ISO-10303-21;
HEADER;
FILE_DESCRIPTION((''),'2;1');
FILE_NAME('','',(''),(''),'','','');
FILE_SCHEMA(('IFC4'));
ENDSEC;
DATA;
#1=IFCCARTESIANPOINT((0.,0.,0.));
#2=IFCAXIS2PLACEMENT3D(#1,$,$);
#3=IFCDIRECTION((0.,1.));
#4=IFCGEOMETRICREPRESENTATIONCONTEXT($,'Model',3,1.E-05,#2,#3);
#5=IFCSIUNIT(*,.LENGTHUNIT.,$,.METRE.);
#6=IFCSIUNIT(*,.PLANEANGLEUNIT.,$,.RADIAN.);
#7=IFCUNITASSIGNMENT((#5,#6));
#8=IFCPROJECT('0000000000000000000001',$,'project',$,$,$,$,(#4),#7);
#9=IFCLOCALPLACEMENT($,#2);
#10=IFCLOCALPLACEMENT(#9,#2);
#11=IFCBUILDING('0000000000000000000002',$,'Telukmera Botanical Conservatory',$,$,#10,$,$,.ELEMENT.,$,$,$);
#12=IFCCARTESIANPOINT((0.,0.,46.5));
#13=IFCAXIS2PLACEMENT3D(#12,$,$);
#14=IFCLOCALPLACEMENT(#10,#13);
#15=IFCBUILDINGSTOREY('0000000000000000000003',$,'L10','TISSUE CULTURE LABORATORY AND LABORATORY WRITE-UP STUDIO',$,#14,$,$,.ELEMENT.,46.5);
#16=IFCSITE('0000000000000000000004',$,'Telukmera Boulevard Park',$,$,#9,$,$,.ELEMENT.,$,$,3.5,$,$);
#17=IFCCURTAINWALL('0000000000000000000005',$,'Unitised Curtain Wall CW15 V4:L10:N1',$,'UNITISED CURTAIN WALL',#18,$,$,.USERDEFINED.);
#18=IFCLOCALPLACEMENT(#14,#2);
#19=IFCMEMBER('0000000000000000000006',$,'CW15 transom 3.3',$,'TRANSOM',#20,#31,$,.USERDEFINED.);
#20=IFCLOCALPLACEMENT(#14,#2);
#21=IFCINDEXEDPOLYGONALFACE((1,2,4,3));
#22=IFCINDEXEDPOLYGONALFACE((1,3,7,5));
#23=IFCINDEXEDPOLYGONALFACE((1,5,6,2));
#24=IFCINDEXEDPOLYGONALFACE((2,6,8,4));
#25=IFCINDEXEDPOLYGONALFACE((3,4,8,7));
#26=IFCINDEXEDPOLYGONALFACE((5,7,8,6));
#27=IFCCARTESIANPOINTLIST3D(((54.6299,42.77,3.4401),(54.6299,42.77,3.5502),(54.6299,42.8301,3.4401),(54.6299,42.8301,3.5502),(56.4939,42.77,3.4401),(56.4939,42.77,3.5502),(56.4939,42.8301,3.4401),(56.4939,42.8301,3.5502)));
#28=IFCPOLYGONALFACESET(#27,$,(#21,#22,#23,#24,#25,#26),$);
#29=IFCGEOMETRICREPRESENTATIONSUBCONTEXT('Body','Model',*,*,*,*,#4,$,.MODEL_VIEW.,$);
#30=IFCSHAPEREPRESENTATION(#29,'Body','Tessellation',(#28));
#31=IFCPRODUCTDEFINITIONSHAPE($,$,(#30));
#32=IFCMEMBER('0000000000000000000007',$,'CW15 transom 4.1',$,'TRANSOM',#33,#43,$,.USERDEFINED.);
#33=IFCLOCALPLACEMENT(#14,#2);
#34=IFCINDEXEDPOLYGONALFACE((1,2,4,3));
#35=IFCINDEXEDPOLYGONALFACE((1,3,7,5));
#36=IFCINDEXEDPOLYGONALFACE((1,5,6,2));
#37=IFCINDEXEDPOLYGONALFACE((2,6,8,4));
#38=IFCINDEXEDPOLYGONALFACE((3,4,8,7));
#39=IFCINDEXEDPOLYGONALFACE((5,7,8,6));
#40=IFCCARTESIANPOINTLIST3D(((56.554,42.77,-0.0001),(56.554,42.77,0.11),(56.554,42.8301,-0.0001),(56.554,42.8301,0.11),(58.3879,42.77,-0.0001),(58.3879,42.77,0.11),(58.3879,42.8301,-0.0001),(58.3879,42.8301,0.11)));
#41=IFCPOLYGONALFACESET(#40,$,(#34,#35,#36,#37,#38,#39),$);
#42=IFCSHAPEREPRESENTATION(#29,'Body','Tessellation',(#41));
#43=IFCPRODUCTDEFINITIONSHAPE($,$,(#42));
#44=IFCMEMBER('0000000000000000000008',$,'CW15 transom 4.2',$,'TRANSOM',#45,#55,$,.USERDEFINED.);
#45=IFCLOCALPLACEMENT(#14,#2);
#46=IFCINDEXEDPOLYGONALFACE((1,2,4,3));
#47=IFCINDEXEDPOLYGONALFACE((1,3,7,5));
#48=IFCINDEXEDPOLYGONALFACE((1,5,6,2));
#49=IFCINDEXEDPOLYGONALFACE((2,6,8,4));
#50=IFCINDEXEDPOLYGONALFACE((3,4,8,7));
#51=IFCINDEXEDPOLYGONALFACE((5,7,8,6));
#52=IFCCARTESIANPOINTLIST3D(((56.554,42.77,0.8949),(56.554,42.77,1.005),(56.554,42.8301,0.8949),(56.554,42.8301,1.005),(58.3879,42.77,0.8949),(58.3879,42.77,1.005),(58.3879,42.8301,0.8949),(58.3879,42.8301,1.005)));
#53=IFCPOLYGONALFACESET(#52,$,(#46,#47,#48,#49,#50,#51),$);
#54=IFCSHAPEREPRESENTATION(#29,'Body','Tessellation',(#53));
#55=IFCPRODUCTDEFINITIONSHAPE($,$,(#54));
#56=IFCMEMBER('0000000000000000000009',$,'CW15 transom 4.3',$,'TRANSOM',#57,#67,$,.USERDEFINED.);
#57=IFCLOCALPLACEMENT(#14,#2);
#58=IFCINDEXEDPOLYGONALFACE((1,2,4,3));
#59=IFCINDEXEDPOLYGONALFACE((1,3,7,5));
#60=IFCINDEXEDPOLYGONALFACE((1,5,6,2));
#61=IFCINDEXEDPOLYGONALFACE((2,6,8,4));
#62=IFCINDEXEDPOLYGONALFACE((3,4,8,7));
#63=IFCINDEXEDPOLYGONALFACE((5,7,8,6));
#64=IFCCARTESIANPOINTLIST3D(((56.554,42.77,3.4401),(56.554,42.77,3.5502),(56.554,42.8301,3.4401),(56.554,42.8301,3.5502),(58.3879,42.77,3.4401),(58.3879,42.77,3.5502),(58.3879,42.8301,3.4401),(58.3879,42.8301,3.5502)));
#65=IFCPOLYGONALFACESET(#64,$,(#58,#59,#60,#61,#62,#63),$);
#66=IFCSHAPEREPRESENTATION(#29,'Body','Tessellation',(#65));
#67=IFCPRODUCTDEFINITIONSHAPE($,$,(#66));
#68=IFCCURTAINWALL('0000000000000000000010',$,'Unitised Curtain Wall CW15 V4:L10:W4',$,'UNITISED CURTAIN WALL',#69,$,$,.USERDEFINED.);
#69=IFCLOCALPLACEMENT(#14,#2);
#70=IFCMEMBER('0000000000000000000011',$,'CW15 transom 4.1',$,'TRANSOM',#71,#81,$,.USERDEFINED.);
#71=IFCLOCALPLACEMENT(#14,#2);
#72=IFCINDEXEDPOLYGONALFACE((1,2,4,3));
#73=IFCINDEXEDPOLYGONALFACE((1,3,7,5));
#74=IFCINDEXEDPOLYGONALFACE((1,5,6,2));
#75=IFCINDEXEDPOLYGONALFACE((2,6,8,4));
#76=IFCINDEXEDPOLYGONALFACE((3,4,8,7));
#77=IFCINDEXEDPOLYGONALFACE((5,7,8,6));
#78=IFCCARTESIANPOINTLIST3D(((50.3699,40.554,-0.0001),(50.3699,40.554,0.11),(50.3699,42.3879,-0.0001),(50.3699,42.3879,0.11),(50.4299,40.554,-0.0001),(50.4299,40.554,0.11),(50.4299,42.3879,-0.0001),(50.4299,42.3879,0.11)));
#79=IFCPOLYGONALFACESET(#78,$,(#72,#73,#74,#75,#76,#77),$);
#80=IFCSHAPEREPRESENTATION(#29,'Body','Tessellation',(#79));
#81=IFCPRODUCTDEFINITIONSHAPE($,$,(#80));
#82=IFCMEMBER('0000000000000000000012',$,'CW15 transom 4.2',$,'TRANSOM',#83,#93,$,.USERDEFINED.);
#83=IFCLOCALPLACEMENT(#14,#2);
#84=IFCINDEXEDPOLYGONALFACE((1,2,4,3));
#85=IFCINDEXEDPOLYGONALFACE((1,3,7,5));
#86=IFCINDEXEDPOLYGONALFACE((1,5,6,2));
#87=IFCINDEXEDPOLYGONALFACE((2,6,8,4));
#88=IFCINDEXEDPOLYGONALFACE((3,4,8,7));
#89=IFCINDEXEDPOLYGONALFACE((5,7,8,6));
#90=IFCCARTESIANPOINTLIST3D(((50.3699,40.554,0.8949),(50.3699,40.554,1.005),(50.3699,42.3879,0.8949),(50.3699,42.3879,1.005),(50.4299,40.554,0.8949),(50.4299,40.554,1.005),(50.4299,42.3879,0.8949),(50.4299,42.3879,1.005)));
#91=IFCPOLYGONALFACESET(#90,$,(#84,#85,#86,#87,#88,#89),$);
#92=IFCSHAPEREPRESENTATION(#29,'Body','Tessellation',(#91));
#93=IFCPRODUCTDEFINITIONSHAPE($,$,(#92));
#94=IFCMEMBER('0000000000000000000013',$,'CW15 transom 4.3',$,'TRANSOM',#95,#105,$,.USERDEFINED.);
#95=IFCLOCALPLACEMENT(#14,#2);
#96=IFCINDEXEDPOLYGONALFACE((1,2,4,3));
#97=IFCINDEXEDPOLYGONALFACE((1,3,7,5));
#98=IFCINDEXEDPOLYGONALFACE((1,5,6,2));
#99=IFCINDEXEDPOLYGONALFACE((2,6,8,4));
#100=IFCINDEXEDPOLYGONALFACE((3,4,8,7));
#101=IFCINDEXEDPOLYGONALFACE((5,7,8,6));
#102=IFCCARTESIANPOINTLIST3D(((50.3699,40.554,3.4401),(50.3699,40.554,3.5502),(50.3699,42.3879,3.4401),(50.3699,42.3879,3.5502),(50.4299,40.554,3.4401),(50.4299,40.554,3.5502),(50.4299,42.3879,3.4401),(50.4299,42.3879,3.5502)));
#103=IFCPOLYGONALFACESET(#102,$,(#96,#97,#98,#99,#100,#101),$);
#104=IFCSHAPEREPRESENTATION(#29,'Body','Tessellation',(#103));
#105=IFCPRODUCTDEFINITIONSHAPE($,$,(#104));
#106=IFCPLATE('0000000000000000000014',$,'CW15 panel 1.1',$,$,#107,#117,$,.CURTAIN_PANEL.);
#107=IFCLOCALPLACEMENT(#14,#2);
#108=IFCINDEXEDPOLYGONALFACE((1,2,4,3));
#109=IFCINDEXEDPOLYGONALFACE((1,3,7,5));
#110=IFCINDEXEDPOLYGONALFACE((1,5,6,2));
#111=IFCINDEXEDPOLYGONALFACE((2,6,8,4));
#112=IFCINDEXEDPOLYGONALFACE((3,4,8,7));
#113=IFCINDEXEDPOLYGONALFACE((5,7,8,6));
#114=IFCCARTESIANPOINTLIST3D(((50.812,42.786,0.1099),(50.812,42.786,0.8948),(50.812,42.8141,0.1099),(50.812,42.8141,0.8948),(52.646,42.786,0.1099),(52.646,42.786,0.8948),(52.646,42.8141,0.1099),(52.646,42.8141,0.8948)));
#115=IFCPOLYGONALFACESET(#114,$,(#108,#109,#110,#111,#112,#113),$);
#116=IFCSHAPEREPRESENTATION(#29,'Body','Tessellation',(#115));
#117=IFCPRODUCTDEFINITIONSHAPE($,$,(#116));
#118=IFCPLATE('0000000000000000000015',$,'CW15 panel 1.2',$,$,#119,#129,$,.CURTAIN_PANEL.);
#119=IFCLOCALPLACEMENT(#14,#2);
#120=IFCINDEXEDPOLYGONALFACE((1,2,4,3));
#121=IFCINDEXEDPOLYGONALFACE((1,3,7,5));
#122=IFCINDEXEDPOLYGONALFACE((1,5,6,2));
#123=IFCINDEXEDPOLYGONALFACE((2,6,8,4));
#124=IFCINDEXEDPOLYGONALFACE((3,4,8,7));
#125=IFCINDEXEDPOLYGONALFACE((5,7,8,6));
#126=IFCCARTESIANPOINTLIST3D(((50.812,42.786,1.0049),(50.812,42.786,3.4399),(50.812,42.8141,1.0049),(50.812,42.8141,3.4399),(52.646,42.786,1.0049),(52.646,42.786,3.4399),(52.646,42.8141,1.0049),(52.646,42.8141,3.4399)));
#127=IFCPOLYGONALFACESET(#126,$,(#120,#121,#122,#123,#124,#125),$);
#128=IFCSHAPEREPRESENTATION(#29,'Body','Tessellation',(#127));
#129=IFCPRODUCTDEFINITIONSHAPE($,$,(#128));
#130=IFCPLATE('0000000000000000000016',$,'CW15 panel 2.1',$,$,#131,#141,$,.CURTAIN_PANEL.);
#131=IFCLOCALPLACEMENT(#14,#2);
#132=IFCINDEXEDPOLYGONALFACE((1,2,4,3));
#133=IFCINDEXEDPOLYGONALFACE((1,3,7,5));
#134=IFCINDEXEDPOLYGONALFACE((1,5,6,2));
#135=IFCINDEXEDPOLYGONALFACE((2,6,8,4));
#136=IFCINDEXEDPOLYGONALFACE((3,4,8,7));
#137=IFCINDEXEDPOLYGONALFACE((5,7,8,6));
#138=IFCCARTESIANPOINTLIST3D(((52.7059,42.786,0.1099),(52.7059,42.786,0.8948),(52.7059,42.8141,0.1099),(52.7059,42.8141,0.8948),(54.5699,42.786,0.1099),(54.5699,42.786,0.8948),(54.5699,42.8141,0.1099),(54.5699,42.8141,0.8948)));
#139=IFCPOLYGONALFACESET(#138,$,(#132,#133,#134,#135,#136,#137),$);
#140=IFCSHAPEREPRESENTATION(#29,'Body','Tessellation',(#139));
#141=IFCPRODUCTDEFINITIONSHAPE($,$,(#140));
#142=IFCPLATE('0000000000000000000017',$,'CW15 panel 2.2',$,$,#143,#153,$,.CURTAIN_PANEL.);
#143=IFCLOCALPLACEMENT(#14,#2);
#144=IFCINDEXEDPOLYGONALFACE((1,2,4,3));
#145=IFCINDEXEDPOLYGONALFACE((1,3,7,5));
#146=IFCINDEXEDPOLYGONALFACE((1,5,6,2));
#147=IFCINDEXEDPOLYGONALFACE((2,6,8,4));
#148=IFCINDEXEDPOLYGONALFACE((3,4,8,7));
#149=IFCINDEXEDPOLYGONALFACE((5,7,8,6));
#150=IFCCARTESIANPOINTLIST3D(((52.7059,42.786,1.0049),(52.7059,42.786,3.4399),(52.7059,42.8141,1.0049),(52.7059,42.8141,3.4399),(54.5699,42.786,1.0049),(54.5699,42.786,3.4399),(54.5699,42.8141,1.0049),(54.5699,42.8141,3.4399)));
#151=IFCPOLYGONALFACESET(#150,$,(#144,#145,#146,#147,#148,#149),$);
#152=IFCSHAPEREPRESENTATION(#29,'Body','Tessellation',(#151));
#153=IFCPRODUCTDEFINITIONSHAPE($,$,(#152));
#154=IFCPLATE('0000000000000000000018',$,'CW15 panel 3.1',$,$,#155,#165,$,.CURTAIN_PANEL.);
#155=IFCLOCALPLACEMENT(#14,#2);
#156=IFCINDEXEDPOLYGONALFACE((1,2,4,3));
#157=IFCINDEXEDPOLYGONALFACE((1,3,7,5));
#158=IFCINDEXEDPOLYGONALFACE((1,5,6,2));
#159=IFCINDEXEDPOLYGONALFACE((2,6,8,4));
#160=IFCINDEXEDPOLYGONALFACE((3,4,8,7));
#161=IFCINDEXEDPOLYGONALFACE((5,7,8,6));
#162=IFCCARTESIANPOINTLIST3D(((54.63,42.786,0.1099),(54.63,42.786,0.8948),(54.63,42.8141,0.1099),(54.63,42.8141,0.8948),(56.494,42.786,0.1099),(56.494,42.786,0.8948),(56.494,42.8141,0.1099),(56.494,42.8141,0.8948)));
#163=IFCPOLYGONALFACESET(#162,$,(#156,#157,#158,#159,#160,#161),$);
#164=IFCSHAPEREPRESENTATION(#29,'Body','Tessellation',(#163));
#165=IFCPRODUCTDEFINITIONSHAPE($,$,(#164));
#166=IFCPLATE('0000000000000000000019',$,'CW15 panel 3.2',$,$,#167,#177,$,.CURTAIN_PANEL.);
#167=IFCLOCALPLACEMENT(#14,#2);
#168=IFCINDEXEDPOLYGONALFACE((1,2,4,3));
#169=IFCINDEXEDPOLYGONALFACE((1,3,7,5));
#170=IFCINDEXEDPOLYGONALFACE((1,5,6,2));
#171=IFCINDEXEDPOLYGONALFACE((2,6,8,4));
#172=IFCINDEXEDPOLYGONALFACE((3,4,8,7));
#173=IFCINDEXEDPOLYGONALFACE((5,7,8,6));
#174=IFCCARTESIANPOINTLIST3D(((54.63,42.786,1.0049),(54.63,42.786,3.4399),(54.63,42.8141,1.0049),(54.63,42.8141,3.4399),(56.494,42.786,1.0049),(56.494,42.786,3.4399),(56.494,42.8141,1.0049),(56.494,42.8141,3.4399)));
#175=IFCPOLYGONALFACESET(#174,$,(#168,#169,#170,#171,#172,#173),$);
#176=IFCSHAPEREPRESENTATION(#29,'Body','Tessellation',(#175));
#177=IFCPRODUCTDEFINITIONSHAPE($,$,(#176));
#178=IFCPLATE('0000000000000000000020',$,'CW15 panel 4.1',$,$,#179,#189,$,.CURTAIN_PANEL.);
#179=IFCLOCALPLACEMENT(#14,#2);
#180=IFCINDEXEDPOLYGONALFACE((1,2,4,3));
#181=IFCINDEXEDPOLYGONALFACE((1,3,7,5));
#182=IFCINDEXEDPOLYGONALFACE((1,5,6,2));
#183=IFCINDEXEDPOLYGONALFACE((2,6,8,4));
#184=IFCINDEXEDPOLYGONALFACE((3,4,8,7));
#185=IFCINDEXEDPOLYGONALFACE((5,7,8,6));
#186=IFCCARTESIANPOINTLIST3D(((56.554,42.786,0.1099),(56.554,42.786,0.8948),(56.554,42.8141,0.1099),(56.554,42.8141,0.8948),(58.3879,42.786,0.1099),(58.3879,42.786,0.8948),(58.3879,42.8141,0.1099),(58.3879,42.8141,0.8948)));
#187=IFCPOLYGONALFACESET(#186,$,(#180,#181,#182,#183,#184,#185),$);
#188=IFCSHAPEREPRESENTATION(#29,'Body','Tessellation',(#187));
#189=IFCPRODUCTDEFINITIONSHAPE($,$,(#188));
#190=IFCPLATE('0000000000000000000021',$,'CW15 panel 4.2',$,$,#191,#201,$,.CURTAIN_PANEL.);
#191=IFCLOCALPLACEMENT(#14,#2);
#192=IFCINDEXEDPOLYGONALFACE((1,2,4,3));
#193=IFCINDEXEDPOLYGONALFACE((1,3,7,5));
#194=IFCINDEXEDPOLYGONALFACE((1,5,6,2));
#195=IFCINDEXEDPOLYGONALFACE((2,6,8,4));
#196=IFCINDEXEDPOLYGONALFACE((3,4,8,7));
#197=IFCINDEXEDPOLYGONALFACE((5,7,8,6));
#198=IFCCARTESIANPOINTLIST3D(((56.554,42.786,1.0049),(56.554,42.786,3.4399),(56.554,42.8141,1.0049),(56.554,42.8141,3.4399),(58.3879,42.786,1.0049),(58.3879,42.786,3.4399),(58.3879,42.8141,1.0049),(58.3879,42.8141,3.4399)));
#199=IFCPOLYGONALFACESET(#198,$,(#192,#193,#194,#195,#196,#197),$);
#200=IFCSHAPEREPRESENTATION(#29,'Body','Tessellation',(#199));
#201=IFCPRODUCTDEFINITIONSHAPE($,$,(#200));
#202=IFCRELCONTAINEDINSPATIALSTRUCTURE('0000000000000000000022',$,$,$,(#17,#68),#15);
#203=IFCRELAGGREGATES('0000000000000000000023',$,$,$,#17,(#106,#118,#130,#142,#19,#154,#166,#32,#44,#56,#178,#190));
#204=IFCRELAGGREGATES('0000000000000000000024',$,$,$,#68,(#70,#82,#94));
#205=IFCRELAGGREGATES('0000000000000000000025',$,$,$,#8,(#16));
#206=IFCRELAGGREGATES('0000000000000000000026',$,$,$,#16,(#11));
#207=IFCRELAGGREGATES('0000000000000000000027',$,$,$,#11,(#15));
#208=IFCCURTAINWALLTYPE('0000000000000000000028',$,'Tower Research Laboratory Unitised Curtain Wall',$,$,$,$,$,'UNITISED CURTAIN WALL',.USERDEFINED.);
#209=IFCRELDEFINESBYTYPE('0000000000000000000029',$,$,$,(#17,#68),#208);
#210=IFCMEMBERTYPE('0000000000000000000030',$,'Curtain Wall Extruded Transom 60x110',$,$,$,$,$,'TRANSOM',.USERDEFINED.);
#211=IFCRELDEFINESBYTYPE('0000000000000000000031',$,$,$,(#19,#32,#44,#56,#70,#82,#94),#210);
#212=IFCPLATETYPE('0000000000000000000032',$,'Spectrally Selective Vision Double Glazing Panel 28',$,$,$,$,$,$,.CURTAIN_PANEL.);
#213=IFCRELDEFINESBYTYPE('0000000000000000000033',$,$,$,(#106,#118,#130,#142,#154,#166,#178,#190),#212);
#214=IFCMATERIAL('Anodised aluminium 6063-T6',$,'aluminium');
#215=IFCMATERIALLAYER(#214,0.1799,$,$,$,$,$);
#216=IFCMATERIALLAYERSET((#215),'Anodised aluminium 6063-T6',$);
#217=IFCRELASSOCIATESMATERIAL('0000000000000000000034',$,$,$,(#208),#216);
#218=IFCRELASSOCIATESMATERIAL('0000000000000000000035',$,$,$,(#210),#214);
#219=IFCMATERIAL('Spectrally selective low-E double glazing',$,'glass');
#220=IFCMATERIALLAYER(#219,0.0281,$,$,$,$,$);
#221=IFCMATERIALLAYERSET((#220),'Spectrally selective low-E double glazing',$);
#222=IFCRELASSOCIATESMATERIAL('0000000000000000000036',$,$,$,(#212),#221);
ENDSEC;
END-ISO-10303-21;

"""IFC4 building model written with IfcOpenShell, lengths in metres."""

from ifc_helpers import new_model, si_unit, direction, frame, origin, origin_2d, place, context, subcontext, project, spatial, rectangle, extrude, material, layer, layer_set, material_profile, profile_set, type_object, element, aggregate, save


model = new_model("IFC4")

# Units and contexts
model_context = context("Model", 3, precision=1e-05, world=origin(), true_north=direction((0.0, 1.0)))
body_context = subcontext(model_context, "Body", "Model", "MODEL_VIEW")
ifc_project = project(units=[si_unit("LENGTHUNIT", "METRE"), si_unit("PLANEANGLEUNIT", "RADIAN")], contexts=[model_context])

# Site, building, storey
site_placement = place(None, origin())
site = spatial("IfcSite", under=ifc_project, at=site_placement, Name="Telukmera Boulevard Park", CompositionType="ELEMENT", RefElevation=3.5)
building_placement = place(site_placement, origin())
building = spatial("IfcBuilding", under=site, at=building_placement, Name="Telukmera Botanical Conservatory", CompositionType="ELEMENT")
storey_placement = place(building_placement, frame((0.0, 0.0, 46.5)))
storey = spatial("IfcBuildingStorey", under=building, at=storey_placement, Name="L10", Description="TISSUE CULTURE LABORATORY AND LABORATORY WRITE-UP STUDIO", CompositionType="ELEMENT", Elevation=46.5)

# Curtain walls, members
ifc_material_1 = material(Name="Anodised aluminium 6063-T6", Category="aluminium")
ifc_layer_1 = layer(ifc_material_1, 0.1799)
ifc_layer_set_1 = layer_set([ifc_layer_1], Name="Anodised aluminium 6063-T6")
curtain_wall_type = type_object("IfcCurtainWallType", Name="Tower Research Laboratory Unitised Curtain Wall", ElementType="UNITISED CURTAIN WALL", PredefinedType="USERDEFINED", material=ifc_layer_set_1)
curtain_wall_1_placement = place(storey_placement, origin())
curtain_wall_1 = element("IfcCurtainWall", 1, at=curtain_wall_1_placement, inside=storey, type_object=curtain_wall_type, Name="Unitised Curtain Wall CW15 V4:L10:N1", ObjectType="UNITISED CURTAIN WALL", PredefinedType="USERDEFINED")
ifc_material_profile_1 = material_profile(ifc_material_1, rectangle(XDim=0.0601, YDim=0.1101, at=origin_2d()), Name="ALU TRAN 60x110")
ifc_profile_set_1 = profile_set([ifc_material_profile_1], Name="Anodised aluminium 6063-T6")
member_type_1 = type_object("IfcMemberType", Name="Curtain Wall Extruded Transom 60x110", ElementType="TRANSOM", PredefinedType="USERDEFINED", material=ifc_profile_set_1)
member_1_placement = place(storey_placement, frame((54.6299, 42.8, 3.4951), z_axis=(1.0, 0.0, 0.0), x_axis=(0.0, 1.0, 0.0)))
member_1 = element("IfcMember", 2, at=member_1_placement, type_object=member_type_1, Name="CW15 transom 3.3", ObjectType="TRANSOM", PredefinedType="USERDEFINED", context=body_context, shape_type="SweptSolid", body=[
    extrude(rectangle(XDim=0.0601, YDim=0.1101, at=origin_2d()), origin(), (0.0, 0.0, 1.0), 1.864),
])
member_2_placement = place(storey_placement, frame((56.554, 42.8, 0.0549), z_axis=(1.0, 0.0, 0.0), x_axis=(0.0, 1.0, 0.0)))
member_2 = element("IfcMember", 3, at=member_2_placement, type_object=member_type_1, Name="CW15 transom 4.1", ObjectType="TRANSOM", PredefinedType="USERDEFINED", context=body_context, shape_type="SweptSolid", body=[
    extrude(rectangle(XDim=0.0601, YDim=0.1101, at=origin_2d()), origin(), (0.0, 0.0, 1.0), 1.834),
])
member_3_placement = place(storey_placement, frame((56.554, 42.8, 0.95), z_axis=(1.0, 0.0, 0.0), x_axis=(0.0, 1.0, 0.0)))
member_3 = element("IfcMember", 4, at=member_3_placement, type_object=member_type_1, Name="CW15 transom 4.2", ObjectType="TRANSOM", PredefinedType="USERDEFINED", context=body_context, shape_type="SweptSolid", body=[
    extrude(rectangle(XDim=0.0601, YDim=0.1101, at=origin_2d()), origin(), (0.0, 0.0, 1.0), 1.834),
])
member_4_placement = place(storey_placement, frame((56.554, 42.8, 3.4951), z_axis=(1.0, 0.0, 0.0), x_axis=(0.0, 1.0, 0.0)))
member_4 = element("IfcMember", 5, at=member_4_placement, type_object=member_type_1, Name="CW15 transom 4.3", ObjectType="TRANSOM", PredefinedType="USERDEFINED", context=body_context, shape_type="SweptSolid", body=[
    extrude(rectangle(XDim=0.0601, YDim=0.1101, at=origin_2d()), origin(), (0.0, 0.0, 1.0), 1.834),
])
curtain_wall_2_placement = place(storey_placement, origin())
curtain_wall_2 = element("IfcCurtainWall", 6, at=curtain_wall_2_placement, inside=storey, type_object=curtain_wall_type, Name="Unitised Curtain Wall CW15 V4:L10:W4", ObjectType="UNITISED CURTAIN WALL", PredefinedType="USERDEFINED")
member_5_placement = place(storey_placement, frame((50.3999, 40.554, 0.0549), z_axis=(0.0, 1.0, 0.0), x_axis=(-1.0, 0.0, 0.0)))
member_5 = element("IfcMember", 7, at=member_5_placement, type_object=member_type_1, Name="CW15 transom 4.1", ObjectType="TRANSOM", PredefinedType="USERDEFINED", context=body_context, shape_type="SweptSolid", body=[
    extrude(rectangle(XDim=0.0601, YDim=0.1101, at=origin_2d()), origin(), (0.0, 0.0, 1.0), 1.834),
])
member_6_placement = place(storey_placement, frame((50.3999, 40.554, 0.95), z_axis=(0.0, 1.0, 0.0), x_axis=(-1.0, 0.0, 0.0)))
member_6 = element("IfcMember", 8, at=member_6_placement, type_object=member_type_1, Name="CW15 transom 4.2", ObjectType="TRANSOM", PredefinedType="USERDEFINED", context=body_context, shape_type="SweptSolid", body=[
    extrude(rectangle(XDim=0.0601, YDim=0.1101, at=origin_2d()), origin(), (0.0, 0.0, 1.0), 1.834),
])
member_7_placement = place(storey_placement, frame((50.3999, 40.554, 3.4951), z_axis=(0.0, 1.0, 0.0), x_axis=(-1.0, 0.0, 0.0)))
member_7 = element("IfcMember", 9, at=member_7_placement, type_object=member_type_1, Name="CW15 transom 4.3", ObjectType="TRANSOM", PredefinedType="USERDEFINED", context=body_context, shape_type="SweptSolid", body=[
    extrude(rectangle(XDim=0.0601, YDim=0.1101, at=origin_2d()), origin(), (0.0, 0.0, 1.0), 1.834),
])

# Plates
ifc_material_2 = material(Name="Spectrally selective low-E double glazing", Category="glass")
ifc_layer_2 = layer(ifc_material_2, 0.0281)
ifc_layer_set_2 = layer_set([ifc_layer_2], Name="Spectrally selective low-E double glazing")
plate_type = type_object("IfcPlateType", Name="Spectrally Selective Vision Double Glazing Panel 28", PredefinedType="CURTAIN_PANEL", material=ifc_layer_set_2)
plate_1_placement = place(storey_placement, frame((51.729, 42.8, 0.1099), z_axis=(0.0, 0.0, 1.0), x_axis=(1.0, 0.0, 0.0)))
plate_1 = element("IfcPlate", 10, at=plate_1_placement, type_object=plate_type, Name="CW15 panel 1.1", PredefinedType="CURTAIN_PANEL", context=body_context, shape_type="SweptSolid", body=[
    extrude(rectangle(XDim=1.834, YDim=0.0281, at=origin_2d()), origin(), (0.0, 0.0, 1.0), 0.7849),
])
plate_2_placement = place(storey_placement, frame((51.729, 42.8, 1.0049), z_axis=(0.0, 0.0, 1.0), x_axis=(1.0, 0.0, 0.0)))
plate_2 = element("IfcPlate", 11, at=plate_2_placement, type_object=plate_type, Name="CW15 panel 1.2", PredefinedType="CURTAIN_PANEL", context=body_context, shape_type="SweptSolid", body=[
    extrude(rectangle(XDim=1.834, YDim=0.0281, at=origin_2d()), origin(), (0.0, 0.0, 1.0), 2.4351),
])
plate_3_placement = place(storey_placement, frame((53.6379, 42.8, 0.1099), z_axis=(0.0, 0.0, 1.0), x_axis=(1.0, 0.0, 0.0)))
plate_3 = element("IfcPlate", 12, at=plate_3_placement, type_object=plate_type, Name="CW15 panel 2.1", PredefinedType="CURTAIN_PANEL", context=body_context, shape_type="SweptSolid", body=[
    extrude(rectangle(XDim=1.864, YDim=0.0281, at=origin_2d()), origin(), (0.0, 0.0, 1.0), 0.7849),
])
plate_4_placement = place(storey_placement, frame((53.6379, 42.8, 1.0049), z_axis=(0.0, 0.0, 1.0), x_axis=(1.0, 0.0, 0.0)))
plate_4 = element("IfcPlate", 13, at=plate_4_placement, type_object=plate_type, Name="CW15 panel 2.2", PredefinedType="CURTAIN_PANEL", context=body_context, shape_type="SweptSolid", body=[
    extrude(rectangle(XDim=1.864, YDim=0.0281, at=origin_2d()), origin(), (0.0, 0.0, 1.0), 2.4351),
])
plate_5_placement = place(storey_placement, frame((55.562, 42.8, 0.1099), z_axis=(0.0, 0.0, 1.0), x_axis=(1.0, 0.0, 0.0)))
plate_5 = element("IfcPlate", 14, at=plate_5_placement, type_object=plate_type, Name="CW15 panel 3.1", PredefinedType="CURTAIN_PANEL", context=body_context, shape_type="SweptSolid", body=[
    extrude(rectangle(XDim=1.864, YDim=0.0281, at=origin_2d()), origin(), (0.0, 0.0, 1.0), 0.7849),
])
plate_6_placement = place(storey_placement, frame((55.562, 42.8, 1.0049), z_axis=(0.0, 0.0, 1.0), x_axis=(1.0, 0.0, 0.0)))
plate_6 = element("IfcPlate", 15, at=plate_6_placement, type_object=plate_type, Name="CW15 panel 3.2", PredefinedType="CURTAIN_PANEL", context=body_context, shape_type="SweptSolid", body=[
    extrude(rectangle(XDim=1.864, YDim=0.0281, at=origin_2d()), origin(), (0.0, 0.0, 1.0), 2.4351),
])
plate_7_placement = place(storey_placement, frame((57.4709, 42.8, 0.1099), z_axis=(0.0, 0.0, 1.0), x_axis=(1.0, 0.0, 0.0)))
plate_7 = element("IfcPlate", 16, at=plate_7_placement, type_object=plate_type, Name="CW15 panel 4.1", PredefinedType="CURTAIN_PANEL", context=body_context, shape_type="SweptSolid", body=[
    extrude(rectangle(XDim=1.834, YDim=0.0281, at=origin_2d()), origin(), (0.0, 0.0, 1.0), 0.7849),
])
plate_8_placement = place(storey_placement, frame((57.4709, 42.8, 1.0049), z_axis=(0.0, 0.0, 1.0), x_axis=(1.0, 0.0, 0.0)))
plate_8 = element("IfcPlate", 17, at=plate_8_placement, type_object=plate_type, Name="CW15 panel 4.2", PredefinedType="CURTAIN_PANEL", context=body_context, shape_type="SweptSolid", body=[
    extrude(rectangle(XDim=1.834, YDim=0.0281, at=origin_2d()), origin(), (0.0, 0.0, 1.0), 2.4351),
])
aggregate(curtain_wall_1, [plate_1, plate_2, plate_3, plate_4, member_1, plate_5, plate_6, member_2, member_3, member_4, plate_7, plate_8])
aggregate(curtain_wall_2, [member_5, member_6, member_7])

save(model, "model.ifc")
